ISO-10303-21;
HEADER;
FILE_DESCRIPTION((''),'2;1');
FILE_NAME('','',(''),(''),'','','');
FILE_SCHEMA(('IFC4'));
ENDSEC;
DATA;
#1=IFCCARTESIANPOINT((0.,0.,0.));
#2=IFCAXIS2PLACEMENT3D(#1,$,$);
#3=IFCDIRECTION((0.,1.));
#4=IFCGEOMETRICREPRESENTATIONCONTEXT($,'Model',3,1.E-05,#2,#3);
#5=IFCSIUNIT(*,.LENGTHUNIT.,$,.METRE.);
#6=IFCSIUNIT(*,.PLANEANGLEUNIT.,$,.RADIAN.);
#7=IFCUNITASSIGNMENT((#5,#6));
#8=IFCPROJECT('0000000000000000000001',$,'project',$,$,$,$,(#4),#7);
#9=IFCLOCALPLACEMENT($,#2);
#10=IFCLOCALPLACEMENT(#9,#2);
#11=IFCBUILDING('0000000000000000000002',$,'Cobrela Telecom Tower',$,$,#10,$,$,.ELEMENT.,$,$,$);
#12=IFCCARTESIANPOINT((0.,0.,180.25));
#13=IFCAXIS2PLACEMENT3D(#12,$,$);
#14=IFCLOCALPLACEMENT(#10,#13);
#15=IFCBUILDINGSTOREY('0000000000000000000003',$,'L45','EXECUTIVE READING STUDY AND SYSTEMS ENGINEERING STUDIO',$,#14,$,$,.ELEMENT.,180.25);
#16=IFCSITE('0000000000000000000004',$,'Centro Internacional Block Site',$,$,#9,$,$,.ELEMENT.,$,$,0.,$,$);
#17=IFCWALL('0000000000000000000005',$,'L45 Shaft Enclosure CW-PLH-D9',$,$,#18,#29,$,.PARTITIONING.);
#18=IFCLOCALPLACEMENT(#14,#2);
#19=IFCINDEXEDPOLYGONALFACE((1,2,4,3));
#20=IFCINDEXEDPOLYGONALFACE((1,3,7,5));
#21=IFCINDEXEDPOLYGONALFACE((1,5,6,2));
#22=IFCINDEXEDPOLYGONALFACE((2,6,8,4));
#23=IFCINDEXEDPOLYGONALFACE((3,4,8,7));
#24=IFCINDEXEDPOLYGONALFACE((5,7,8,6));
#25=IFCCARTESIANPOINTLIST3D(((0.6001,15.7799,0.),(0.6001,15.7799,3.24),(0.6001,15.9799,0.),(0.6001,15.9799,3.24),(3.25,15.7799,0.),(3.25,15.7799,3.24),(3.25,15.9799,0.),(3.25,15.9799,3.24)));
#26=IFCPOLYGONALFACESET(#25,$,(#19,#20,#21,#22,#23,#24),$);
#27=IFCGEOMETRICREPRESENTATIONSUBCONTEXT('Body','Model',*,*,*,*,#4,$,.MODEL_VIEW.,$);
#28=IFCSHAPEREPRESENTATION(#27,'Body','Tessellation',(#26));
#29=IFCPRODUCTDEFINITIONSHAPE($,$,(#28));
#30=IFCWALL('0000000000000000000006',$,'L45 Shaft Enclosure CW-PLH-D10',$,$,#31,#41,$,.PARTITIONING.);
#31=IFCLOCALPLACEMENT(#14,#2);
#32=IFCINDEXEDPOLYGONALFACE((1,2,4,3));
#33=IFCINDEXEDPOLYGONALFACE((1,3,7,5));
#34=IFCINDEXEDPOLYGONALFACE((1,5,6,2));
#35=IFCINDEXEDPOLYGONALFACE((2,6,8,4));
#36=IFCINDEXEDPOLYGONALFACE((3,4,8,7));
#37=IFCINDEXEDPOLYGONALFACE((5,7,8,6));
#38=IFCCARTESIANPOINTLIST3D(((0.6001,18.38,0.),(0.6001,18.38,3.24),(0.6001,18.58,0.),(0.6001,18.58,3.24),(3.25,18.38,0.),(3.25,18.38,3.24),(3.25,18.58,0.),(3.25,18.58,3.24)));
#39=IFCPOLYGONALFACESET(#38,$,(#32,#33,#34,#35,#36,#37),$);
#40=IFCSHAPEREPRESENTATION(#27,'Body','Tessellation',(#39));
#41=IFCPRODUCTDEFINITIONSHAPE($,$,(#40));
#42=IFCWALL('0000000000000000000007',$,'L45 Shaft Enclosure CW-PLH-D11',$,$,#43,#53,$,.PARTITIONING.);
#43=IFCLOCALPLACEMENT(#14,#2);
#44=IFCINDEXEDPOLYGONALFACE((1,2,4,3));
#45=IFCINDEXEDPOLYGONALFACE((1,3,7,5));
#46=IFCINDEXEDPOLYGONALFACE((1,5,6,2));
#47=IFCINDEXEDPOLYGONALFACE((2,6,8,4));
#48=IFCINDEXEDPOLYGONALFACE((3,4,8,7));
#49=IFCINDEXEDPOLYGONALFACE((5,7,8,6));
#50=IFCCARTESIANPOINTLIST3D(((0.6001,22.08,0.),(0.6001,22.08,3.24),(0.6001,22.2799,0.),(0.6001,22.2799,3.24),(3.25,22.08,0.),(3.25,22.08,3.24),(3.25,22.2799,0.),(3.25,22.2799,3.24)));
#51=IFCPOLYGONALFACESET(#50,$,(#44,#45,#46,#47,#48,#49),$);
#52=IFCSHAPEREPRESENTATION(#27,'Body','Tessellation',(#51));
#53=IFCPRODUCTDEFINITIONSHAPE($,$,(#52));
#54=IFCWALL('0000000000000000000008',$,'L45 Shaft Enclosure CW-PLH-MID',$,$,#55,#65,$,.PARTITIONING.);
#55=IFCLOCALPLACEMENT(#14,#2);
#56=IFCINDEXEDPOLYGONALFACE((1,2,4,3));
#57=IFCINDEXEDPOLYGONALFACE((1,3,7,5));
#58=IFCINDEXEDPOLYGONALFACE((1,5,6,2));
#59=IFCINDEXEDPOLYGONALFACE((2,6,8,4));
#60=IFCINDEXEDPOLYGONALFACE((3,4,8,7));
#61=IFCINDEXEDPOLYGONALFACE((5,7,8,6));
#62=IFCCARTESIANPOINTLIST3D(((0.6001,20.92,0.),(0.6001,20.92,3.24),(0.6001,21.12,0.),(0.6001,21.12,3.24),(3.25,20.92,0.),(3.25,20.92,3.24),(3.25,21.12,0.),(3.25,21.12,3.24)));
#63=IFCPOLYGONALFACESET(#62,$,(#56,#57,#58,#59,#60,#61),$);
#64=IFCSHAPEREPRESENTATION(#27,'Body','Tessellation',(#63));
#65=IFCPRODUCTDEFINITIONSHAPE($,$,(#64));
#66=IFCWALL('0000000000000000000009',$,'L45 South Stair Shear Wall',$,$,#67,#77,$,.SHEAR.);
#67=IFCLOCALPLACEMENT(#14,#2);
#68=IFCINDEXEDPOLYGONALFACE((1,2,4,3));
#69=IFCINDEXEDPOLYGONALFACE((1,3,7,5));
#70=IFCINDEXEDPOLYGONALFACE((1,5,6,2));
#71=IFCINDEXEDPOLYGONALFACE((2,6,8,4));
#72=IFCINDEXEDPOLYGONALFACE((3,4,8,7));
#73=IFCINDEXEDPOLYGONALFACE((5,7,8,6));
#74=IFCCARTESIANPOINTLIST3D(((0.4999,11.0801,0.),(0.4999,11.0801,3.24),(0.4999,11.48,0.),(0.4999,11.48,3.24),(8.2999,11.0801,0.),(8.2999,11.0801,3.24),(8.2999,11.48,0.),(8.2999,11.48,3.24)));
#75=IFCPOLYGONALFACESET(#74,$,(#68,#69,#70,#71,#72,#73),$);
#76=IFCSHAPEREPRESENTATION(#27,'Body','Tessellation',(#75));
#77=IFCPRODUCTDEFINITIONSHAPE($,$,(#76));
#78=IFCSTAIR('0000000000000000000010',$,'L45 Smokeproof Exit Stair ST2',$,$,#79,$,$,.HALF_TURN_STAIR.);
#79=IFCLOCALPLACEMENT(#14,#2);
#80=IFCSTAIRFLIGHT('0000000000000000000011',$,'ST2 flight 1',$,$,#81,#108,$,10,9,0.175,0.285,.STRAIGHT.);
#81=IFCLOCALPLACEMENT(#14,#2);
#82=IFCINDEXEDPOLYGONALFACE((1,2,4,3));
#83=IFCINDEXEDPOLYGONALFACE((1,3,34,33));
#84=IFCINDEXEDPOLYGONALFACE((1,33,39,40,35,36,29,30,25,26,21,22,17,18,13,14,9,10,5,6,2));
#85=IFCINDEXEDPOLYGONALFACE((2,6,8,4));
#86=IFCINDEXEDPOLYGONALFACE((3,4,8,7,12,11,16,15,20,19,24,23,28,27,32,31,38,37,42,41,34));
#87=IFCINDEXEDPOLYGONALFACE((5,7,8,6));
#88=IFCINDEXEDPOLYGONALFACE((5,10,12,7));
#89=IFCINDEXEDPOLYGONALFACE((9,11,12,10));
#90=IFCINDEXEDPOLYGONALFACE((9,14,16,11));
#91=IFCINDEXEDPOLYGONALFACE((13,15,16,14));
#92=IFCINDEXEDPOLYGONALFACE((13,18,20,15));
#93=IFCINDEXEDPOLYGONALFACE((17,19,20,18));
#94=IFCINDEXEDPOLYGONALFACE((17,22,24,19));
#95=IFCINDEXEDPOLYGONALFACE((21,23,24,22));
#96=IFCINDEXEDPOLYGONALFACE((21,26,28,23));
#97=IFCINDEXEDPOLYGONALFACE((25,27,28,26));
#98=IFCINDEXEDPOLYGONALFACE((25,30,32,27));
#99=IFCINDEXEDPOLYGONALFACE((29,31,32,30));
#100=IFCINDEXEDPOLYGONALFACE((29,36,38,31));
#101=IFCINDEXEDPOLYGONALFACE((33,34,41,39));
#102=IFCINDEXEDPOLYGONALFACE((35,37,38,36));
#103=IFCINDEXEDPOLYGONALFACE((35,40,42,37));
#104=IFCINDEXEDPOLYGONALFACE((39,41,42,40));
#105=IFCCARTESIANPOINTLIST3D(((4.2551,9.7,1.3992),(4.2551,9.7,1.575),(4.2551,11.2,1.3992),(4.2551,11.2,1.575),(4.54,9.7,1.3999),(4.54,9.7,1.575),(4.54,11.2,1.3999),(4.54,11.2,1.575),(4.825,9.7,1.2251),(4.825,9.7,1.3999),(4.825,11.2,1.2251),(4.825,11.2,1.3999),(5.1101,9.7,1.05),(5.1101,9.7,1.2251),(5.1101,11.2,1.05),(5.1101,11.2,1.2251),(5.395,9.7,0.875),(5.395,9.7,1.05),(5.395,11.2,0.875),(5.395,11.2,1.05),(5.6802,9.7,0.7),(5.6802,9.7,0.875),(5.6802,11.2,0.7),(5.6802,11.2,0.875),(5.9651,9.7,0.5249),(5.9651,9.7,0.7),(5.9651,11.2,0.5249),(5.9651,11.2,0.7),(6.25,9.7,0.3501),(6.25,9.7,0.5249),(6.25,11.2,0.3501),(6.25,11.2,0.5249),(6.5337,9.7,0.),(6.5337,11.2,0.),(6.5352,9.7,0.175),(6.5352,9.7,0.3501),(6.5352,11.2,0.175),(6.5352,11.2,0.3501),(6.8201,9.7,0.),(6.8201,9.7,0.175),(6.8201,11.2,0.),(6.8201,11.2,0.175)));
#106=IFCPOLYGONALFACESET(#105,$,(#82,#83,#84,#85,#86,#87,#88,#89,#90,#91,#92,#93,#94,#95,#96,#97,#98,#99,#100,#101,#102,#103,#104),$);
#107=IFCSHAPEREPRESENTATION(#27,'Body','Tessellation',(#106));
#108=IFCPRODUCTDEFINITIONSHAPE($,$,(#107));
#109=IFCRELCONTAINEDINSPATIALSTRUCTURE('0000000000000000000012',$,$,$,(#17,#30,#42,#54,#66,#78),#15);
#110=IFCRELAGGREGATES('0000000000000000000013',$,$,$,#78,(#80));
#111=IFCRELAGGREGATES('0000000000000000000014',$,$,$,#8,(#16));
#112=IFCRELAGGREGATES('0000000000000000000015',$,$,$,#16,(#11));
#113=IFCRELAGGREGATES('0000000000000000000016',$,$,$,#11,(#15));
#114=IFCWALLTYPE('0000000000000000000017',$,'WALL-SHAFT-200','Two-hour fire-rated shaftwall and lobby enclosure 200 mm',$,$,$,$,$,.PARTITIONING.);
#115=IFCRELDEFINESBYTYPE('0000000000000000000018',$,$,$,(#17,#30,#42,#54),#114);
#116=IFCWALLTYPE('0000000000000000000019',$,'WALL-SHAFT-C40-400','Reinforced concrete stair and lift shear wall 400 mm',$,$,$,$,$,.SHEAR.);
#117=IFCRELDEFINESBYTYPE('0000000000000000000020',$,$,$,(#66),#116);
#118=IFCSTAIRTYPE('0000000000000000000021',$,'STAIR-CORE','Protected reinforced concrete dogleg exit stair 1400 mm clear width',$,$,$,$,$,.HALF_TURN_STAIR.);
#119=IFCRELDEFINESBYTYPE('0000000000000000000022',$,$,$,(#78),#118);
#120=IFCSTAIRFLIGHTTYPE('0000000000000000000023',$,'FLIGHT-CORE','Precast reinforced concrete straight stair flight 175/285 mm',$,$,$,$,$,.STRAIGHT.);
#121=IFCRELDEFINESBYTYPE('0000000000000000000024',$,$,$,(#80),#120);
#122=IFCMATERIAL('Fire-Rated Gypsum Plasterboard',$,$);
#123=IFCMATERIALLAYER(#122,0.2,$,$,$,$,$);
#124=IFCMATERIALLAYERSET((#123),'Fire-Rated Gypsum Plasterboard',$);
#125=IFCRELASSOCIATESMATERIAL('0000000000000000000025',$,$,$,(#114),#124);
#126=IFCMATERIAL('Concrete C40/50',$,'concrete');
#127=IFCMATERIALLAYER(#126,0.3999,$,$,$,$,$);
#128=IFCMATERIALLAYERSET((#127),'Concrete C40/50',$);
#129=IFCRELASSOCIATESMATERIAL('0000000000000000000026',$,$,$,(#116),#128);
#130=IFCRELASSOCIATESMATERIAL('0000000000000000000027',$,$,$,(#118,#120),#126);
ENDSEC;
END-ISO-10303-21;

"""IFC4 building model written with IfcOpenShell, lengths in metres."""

from ifc_helpers import new_model, si_unit, direction, frame, frame_2d, origin, place, context, subcontext, project, spatial, polyline, rectangle, outline, extrude, material, layer, layer_set, type_object, element, aggregate, save


model = new_model("IFC4")

# Units and contexts
model_context = context("Model", 3, precision=1e-05, world=origin(), true_north=direction((0.0, 1.0)))
body_context = subcontext(model_context, "Body", "Model", "MODEL_VIEW")
ifc_project = project(units=[si_unit("LENGTHUNIT", "METRE"), si_unit("PLANEANGLEUNIT", "RADIAN")], contexts=[model_context])

# Site, building, storey
site_placement = place(None, origin())
site = spatial("IfcSite", under=ifc_project, at=site_placement, Name="Centro Internacional Block Site", CompositionType="ELEMENT", RefElevation=0.0)
building_placement = place(site_placement, origin())
building = spatial("IfcBuilding", under=site, at=building_placement, Name="Cobrela Telecom Tower", CompositionType="ELEMENT")
storey_placement = place(building_placement, frame((0.0, 0.0, 180.25)))
storey = spatial("IfcBuildingStorey", under=building, at=storey_placement, Name="L45", Description="EXECUTIVE READING STUDY AND SYSTEMS ENGINEERING STUDIO", CompositionType="ELEMENT", Elevation=180.25)

# Shared definitions
ifc_material_1 = material(Name="Fire-Rated Gypsum Plasterboard")

# Shared definitions
ifc_layer_1 = layer(ifc_material_1, 0.2)
ifc_layer_set_1 = layer_set([ifc_layer_1], Name="Fire-Rated Gypsum Plasterboard")
wall_type_1 = type_object("IfcWallType", Name="WALL-SHAFT-200", Description="Two-hour fire-rated shaftwall and lobby enclosure 200 mm", PredefinedType="PARTITIONING", material=ifc_layer_set_1)

# Walls
for number, where, z_axis, x_axis, name in (
    (1, (0.6001, 15.8799, 0.0), (0.0, 0.0, 1.0), (1.0, 0.0, 0.0), "L45 Shaft Enclosure CW-PLH-D9"),
    (2, (0.6001, 18.48, 0.0), (0.0, 0.0, 1.0), (1.0, 0.0, 0.0), "L45 Shaft Enclosure CW-PLH-D10"),
    (3, (0.6001, 22.1799, 0.0), (0.0, 0.0, 1.0), (1.0, 0.0, 0.0), "L45 Shaft Enclosure CW-PLH-D11"),
    (4, (0.6001, 21.02, 0.0), (0.0, 0.0, 1.0), (1.0, 0.0, 0.0), "L45 Shaft Enclosure CW-PLH-MID"),
):
    element("IfcWall", number, at=place(storey_placement, frame(where, z_axis=z_axis, x_axis=x_axis)), inside=storey, type_object=wall_type_1, Name=name, PredefinedType="PARTITIONING", context=body_context, shape_type="SweptSolid", body=[
        extrude(rectangle(XDim=2.6499, YDim=0.2, at=frame_2d((1.325, 0.0))), origin(), (0.0, 0.0, 1.0), 3.24),
    ])
ifc_material_2 = material(Name="Concrete C40/50", Category="concrete")
ifc_layer_2 = layer(ifc_material_2, 0.3999)
ifc_layer_set_2 = layer_set([ifc_layer_2], Name="Concrete C40/50")
wall_type_2 = type_object("IfcWallType", Name="WALL-SHAFT-C40-400", Description="Reinforced concrete stair and lift shear wall 400 mm", PredefinedType="SHEAR", material=ifc_layer_set_2)
wall_1_placement = place(storey_placement, frame((0.5, 11.28, 0.0), z_axis=(0.0, 0.0, 1.0), x_axis=(1.0, 0.0, 0.0)))
element("IfcWall", 5, at=wall_1_placement, inside=storey, type_object=wall_type_2, Name="L45 South Stair Shear Wall", PredefinedType="SHEAR", context=body_context, shape_type="SweptSolid", body=[
    extrude(rectangle(XDim=7.8, YDim=0.3999, at=frame_2d((3.8999, 0.0))), origin(), (0.0, 0.0, 1.0), 3.24),
])

# Stair, stair flight
stair_type = type_object("IfcStairType", Name="STAIR-CORE", Description="Protected reinforced concrete dogleg exit stair 1400 mm clear width", PredefinedType="HALF_TURN_STAIR", material=ifc_material_2)
stair_placement = place(storey_placement, origin())
stair = element("IfcStair", 6, at=stair_placement, inside=storey, type_object=stair_type, Name="L45 Smokeproof Exit Stair ST2", PredefinedType="HALF_TURN_STAIR")
stair_flight_type = type_object("IfcStairFlightType", Name="FLIGHT-CORE", Description="Precast reinforced concrete straight stair flight 175/285 mm", PredefinedType="STRAIGHT", material=ifc_material_2)
stair_flight_placement = place(storey_placement, frame((6.8201, 10.45, 0.0), z_axis=(0.0, 0.0, 1.0), x_axis=(-1.0, 0.0, 0.0)))
stair_flight = element("IfcStairFlight", 7, at=stair_flight_placement, type_object=stair_flight_type, Name="ST2 flight 1", NumberOfRisers=10, NumberOfTreads=9, PredefinedType="STRAIGHT", RiserHeight=0.175, TreadLength=0.285, context=body_context, shape_type="SweptSolid", body=[
    extrude(outline(polyline([(0.0, 0.0), (0.0, 0.175), (0.2849, 0.175), (0.2849, 0.3501), (0.5701, 0.3501), (0.5701, 0.5249), (0.855, 0.5249), (0.855, 0.7), (1.1399, 0.7), (1.1399, 0.875), (1.425, 0.875), (1.425, 1.05), (1.71, 1.05), (1.71, 1.2251), (1.9951, 1.2251), (1.9951, 1.3999), (2.28, 1.3999), (2.28, 1.575), (2.5649, 1.575), (2.5649, 1.75), (2.5649, 1.3992), (0.2864, 0.0), (0.0, 0.0)])), frame((0.0, 0.75, 0.0), z_axis=(0.0, -1.0, 0.0), x_axis=(1.0, 0.0, 0.0)), (0.0, 0.0, 1.0), 1.5),
])
aggregate(stair, [stair_flight])

save(model, "model.ifc")
